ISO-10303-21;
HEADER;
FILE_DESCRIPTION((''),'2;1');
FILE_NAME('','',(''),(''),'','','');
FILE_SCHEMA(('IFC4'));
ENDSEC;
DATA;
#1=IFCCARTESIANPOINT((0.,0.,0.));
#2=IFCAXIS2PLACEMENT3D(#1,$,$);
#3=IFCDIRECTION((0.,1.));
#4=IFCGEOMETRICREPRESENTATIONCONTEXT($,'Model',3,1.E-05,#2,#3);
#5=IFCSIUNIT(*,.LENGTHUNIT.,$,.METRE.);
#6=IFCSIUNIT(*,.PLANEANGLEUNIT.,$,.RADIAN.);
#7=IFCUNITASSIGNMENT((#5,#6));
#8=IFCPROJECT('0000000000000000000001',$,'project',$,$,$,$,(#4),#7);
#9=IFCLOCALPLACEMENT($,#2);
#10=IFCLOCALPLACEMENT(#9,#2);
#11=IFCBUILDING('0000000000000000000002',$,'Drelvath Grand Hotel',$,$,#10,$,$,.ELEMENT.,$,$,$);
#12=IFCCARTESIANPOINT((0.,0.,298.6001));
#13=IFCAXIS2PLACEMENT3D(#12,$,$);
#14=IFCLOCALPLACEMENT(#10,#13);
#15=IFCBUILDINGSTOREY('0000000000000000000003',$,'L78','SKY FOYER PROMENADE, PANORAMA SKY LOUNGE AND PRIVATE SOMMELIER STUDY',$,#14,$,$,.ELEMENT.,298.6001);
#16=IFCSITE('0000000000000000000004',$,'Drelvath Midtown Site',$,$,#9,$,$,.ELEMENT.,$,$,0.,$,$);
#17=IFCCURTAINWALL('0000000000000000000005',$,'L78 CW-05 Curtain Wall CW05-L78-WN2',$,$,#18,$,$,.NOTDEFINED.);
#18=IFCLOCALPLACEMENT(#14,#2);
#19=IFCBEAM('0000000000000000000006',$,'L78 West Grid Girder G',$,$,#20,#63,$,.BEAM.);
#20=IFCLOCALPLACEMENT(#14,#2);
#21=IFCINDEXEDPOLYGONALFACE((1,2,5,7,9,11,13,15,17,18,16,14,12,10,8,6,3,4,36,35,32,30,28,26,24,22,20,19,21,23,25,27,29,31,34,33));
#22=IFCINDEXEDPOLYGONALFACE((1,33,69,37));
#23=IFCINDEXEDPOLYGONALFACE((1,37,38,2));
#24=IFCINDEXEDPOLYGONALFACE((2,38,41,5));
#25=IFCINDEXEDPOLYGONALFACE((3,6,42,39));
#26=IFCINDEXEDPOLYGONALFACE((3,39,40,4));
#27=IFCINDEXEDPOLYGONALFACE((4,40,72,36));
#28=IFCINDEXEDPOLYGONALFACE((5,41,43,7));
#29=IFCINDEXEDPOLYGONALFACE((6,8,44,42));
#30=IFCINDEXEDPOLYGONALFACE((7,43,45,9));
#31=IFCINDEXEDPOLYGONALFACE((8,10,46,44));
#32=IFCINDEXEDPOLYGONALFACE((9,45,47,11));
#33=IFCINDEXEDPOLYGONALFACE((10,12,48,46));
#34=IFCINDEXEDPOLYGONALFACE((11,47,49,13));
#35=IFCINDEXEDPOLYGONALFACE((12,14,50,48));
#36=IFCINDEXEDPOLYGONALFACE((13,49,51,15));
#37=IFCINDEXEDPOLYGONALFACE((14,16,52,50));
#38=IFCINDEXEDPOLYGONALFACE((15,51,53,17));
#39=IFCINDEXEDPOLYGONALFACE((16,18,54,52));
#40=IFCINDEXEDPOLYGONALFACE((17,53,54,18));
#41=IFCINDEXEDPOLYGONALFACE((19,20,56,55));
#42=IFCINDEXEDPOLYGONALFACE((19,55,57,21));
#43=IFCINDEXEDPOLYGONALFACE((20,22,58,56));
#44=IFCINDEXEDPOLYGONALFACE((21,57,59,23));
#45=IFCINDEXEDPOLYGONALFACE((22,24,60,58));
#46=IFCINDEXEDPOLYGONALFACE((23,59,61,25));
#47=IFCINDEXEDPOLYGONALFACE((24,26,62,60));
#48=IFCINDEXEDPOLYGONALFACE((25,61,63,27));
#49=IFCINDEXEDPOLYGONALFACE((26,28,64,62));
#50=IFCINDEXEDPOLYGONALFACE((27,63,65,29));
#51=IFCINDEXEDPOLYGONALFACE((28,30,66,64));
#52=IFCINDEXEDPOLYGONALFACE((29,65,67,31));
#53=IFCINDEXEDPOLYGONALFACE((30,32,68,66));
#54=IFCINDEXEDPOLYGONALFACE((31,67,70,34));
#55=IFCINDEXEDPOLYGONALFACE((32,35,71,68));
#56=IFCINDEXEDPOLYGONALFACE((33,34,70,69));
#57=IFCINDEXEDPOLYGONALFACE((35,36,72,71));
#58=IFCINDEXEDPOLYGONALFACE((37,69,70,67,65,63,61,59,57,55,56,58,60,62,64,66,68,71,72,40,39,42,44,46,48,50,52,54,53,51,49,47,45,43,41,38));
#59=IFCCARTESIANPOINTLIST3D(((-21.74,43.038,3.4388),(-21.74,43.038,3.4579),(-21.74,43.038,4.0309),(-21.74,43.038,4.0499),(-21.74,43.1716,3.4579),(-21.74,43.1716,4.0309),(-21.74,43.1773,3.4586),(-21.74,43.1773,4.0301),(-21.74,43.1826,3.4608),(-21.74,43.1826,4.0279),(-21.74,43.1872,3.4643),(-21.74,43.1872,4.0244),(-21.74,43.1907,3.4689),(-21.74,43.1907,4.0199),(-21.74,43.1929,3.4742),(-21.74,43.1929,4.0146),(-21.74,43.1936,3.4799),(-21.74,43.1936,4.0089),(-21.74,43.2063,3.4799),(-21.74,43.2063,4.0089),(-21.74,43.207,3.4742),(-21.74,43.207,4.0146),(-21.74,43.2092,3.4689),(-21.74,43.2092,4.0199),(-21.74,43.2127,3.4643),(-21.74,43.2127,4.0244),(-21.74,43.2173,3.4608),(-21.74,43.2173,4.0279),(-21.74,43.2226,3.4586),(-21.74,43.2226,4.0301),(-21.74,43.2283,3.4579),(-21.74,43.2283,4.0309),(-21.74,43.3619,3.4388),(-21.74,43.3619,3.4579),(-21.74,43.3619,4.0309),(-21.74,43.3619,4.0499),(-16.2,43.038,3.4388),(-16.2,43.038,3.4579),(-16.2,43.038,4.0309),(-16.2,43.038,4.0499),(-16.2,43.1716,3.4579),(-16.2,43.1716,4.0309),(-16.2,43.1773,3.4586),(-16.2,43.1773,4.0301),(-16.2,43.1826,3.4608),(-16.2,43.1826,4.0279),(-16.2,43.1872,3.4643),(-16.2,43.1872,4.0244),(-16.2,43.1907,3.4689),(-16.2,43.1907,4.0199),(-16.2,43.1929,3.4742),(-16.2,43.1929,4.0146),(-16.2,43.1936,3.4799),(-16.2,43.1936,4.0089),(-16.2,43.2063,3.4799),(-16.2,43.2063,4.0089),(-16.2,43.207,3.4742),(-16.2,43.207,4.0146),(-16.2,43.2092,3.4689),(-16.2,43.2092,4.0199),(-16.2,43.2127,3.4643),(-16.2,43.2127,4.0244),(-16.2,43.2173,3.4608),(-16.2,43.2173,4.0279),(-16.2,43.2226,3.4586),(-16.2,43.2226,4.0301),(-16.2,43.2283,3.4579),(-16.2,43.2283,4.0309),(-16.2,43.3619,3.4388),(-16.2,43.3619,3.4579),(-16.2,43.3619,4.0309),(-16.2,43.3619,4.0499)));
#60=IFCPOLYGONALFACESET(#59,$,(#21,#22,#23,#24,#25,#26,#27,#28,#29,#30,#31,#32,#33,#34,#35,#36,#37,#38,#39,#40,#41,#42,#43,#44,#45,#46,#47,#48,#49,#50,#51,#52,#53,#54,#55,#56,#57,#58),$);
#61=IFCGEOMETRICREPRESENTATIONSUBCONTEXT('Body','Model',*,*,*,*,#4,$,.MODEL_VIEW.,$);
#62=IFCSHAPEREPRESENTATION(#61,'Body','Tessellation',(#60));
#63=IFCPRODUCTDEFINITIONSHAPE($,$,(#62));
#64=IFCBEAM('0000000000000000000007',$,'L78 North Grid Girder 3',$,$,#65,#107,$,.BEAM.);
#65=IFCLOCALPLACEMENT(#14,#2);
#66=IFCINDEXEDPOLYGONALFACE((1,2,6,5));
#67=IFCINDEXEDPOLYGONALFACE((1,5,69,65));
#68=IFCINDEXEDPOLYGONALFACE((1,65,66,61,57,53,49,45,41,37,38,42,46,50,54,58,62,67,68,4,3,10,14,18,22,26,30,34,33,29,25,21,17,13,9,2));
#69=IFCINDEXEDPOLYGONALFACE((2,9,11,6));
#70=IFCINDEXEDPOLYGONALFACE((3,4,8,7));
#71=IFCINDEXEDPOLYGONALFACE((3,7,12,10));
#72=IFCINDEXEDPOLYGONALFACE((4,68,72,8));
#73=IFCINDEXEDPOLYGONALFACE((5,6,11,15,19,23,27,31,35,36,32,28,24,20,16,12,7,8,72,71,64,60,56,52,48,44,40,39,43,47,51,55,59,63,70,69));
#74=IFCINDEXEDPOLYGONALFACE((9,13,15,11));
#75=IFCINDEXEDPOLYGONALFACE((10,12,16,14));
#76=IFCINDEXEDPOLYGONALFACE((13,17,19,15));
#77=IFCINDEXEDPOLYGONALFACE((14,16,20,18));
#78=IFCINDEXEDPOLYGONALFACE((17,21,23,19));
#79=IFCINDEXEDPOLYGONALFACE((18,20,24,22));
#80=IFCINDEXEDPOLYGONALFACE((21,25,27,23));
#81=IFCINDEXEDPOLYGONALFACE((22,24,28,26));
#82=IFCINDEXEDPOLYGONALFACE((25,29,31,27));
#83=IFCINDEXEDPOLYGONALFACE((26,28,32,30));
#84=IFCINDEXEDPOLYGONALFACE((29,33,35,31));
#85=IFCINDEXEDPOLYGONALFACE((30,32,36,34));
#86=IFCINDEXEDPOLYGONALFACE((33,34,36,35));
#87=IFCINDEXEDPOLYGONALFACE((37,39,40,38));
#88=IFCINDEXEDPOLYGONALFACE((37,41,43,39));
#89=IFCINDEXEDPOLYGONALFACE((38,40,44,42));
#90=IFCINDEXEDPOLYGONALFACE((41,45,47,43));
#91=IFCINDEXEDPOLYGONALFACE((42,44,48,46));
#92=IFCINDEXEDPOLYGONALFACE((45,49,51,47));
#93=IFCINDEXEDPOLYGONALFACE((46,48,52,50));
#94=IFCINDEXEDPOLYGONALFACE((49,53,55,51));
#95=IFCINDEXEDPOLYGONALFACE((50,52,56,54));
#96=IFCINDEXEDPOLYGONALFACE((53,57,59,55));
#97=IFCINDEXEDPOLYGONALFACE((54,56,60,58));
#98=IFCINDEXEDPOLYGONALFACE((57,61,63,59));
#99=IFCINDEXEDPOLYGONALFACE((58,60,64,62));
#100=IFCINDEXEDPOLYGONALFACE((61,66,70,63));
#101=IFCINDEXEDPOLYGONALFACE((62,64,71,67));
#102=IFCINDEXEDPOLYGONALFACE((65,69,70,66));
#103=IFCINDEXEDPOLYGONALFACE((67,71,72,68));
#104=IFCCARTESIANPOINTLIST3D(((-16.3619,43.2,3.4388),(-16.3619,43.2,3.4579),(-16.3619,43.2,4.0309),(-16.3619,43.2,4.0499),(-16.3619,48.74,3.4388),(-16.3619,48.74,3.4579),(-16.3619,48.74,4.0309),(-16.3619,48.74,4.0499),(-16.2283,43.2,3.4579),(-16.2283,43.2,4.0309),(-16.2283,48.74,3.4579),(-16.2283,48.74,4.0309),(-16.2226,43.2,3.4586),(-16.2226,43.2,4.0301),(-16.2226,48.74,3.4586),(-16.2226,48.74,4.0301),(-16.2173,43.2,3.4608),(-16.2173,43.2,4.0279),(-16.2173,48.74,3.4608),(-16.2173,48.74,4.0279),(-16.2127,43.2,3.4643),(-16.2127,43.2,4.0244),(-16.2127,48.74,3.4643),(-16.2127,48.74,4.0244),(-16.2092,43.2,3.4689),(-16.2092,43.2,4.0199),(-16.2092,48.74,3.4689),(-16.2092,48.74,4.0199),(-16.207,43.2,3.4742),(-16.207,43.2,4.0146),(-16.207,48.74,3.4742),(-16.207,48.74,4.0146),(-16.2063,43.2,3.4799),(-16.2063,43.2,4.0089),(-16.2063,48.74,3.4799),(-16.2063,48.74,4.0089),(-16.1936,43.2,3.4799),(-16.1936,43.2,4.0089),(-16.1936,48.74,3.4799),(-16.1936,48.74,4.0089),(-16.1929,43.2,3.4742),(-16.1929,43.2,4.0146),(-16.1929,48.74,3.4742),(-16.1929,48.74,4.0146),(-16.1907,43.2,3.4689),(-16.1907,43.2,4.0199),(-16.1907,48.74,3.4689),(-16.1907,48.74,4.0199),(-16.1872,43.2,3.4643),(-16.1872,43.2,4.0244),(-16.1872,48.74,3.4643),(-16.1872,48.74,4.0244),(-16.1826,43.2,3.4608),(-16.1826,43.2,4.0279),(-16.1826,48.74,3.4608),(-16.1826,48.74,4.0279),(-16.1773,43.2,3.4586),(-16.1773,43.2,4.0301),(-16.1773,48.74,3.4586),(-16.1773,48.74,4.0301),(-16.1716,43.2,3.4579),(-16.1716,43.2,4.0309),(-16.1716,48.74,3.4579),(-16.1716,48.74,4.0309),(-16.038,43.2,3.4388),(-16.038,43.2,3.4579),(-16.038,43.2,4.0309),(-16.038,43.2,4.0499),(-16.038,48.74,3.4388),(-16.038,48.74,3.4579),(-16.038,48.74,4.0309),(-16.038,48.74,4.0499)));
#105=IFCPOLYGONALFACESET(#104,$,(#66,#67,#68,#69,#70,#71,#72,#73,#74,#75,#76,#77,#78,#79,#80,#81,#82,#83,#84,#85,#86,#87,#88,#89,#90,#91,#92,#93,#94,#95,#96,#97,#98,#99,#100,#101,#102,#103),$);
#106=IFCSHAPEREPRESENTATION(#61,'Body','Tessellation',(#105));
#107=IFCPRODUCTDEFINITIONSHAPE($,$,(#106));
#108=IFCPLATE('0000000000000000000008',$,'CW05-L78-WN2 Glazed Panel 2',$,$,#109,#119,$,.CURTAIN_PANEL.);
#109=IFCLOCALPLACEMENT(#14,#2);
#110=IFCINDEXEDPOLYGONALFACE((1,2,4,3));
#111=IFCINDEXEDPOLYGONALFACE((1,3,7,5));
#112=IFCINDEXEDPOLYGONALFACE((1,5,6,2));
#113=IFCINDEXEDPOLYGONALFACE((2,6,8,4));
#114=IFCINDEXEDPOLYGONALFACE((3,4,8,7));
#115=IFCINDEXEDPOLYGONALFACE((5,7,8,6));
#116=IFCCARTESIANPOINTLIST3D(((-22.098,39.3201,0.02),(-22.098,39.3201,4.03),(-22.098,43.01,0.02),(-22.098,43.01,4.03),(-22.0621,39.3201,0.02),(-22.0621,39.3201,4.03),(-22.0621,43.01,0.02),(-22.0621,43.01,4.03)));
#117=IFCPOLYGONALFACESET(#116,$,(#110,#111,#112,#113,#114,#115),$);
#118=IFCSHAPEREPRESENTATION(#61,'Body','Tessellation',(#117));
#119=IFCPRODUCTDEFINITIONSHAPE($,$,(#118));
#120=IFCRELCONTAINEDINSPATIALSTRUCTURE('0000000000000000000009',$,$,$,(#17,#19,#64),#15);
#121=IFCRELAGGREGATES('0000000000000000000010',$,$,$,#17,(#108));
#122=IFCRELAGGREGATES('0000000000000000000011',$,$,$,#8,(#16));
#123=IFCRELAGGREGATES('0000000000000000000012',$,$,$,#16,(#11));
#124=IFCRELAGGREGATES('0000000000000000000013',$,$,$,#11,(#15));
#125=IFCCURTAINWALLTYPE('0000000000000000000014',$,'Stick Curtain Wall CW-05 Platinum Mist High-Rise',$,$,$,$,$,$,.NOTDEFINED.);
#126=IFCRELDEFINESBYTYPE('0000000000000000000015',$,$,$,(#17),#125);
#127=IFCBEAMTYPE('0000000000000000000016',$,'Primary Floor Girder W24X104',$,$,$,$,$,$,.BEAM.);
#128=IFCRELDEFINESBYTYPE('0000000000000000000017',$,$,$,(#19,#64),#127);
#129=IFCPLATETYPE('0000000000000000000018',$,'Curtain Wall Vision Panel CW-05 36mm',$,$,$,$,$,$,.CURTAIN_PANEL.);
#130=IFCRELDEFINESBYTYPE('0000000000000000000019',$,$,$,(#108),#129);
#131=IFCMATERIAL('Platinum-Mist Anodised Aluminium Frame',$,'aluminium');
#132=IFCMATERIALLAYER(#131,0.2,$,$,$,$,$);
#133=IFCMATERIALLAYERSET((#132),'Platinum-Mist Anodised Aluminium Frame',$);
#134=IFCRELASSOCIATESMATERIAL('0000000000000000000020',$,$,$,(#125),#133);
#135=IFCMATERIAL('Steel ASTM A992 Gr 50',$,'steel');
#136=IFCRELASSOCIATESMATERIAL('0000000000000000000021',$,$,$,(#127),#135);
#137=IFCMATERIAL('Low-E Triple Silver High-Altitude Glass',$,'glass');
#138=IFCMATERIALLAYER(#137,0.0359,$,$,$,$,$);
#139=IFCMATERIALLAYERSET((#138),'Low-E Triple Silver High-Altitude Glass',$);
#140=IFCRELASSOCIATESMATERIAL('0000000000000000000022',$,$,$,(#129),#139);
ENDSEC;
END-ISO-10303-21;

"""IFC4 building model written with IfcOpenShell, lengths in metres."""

from ifc_helpers import new_model, si_unit, direction, frame, origin, origin_2d, place, context, subcontext, project, spatial, rectangle, i_section, extrude, material, layer, layer_set, material_profile, profile_set, type_object, element, aggregate, save


model = new_model("IFC4")

# Units and contexts
model_context = context("Model", 3, precision=1e-05, world=origin(), true_north=direction((0.0, 1.0)))
body_context = subcontext(model_context, "Body", "Model", "MODEL_VIEW")
ifc_project = project(units=[si_unit("LENGTHUNIT", "METRE"), si_unit("PLANEANGLEUNIT", "RADIAN")], contexts=[model_context])

# Site, building, storey
site_placement = place(None, origin())
site = spatial("IfcSite", under=ifc_project, at=site_placement, Name="Drelvath Midtown Site", CompositionType="ELEMENT", RefElevation=0.0)
building_placement = place(site_placement, origin())
building = spatial("IfcBuilding", under=site, at=building_placement, Name="Drelvath Grand Hotel", CompositionType="ELEMENT")
storey_placement = place(building_placement, frame((0.0, 0.0, 298.6001)))
storey = spatial("IfcBuildingStorey", under=building, at=storey_placement, Name="L78", Description="SKY FOYER PROMENADE, PANORAMA SKY LOUNGE AND PRIVATE SOMMELIER STUDY", CompositionType="ELEMENT", Elevation=298.6001)

# Shared definitions
ifc_material_1 = material(Name="Steel ASTM A992 Gr 50", Category="steel")

# Shared definitions
ifc_material_2 = material(Name="Platinum-Mist Anodised Aluminium Frame", Category="aluminium")
ifc_layer_1 = layer(ifc_material_2, 0.2)
ifc_layer_set_1 = layer_set([ifc_layer_1], Name="Platinum-Mist Anodised Aluminium Frame")
curtain_wall_type = type_object("IfcCurtainWallType", Name="Stick Curtain Wall CW-05 Platinum Mist High-Rise", PredefinedType="NOTDEFINED", material=ifc_layer_set_1)

# Curtain wall
curtain_wall_1_placement = place(storey_placement, origin())
curtain_wall_1 = element("IfcCurtainWall", 1, at=curtain_wall_1_placement, inside=storey, type_object=curtain_wall_type, Name="L78 CW-05 Curtain Wall CW05-L78-WN2", PredefinedType="NOTDEFINED")

# Beams
ifc_material_profile_1 = material_profile(ifc_material_1, i_section(OverallWidth=0.324, OverallDepth=0.6111, WebThickness=0.0127, FlangeThickness=0.019, FilletRadius=0.022, at=origin_2d()), Name="W24X104")
ifc_profile_set_1 = profile_set([ifc_material_profile_1], Name="Steel ASTM A992 Gr 50")
beam_type_1 = type_object("IfcBeamType", Name="Primary Floor Girder W24X104", PredefinedType="BEAM", material=ifc_profile_set_1)
for number, where, z_axis, x_axis, name in (
    (2, (-21.74, 43.2, 3.7444), (1.0, 0.0, 0.0), (0.0, 1.0, 0.0), "L78 West Grid Girder G"),
    (3, (-16.2, 43.2, 3.7444), (0.0, 1.0, 0.0), (-1.0, 0.0, 0.0), "L78 North Grid Girder 3"),
):
    element("IfcBeam", number, at=place(storey_placement, frame(where, z_axis=z_axis, x_axis=x_axis)), inside=storey, type_object=beam_type_1, Name=name, PredefinedType="BEAM", context=body_context, shape_type="SweptSolid", body=[
        extrude(i_section(OverallWidth=0.324, OverallDepth=0.6111, WebThickness=0.0127, FlangeThickness=0.019, FilletRadius=0.022, at=origin_2d()), origin(), (0.0, 0.0, 1.0), 5.54),
    ])

# Plate
ifc_material_3 = material(Name="Low-E Triple Silver High-Altitude Glass", Category="glass")
ifc_layer_2 = layer(ifc_material_3, 0.0359)
ifc_layer_set_2 = layer_set([ifc_layer_2], Name="Low-E Triple Silver High-Altitude Glass")
plate_type = type_object("IfcPlateType", Name="Curtain Wall Vision Panel CW-05 36mm", PredefinedType="CURTAIN_PANEL", material=ifc_layer_set_2)
plate_placement = place(storey_placement, frame((-22.0801, 41.165, 0.02), z_axis=(0.0, 0.0, 1.0), x_axis=(0.0, 1.0, 0.0)))
plate = element("IfcPlate", 4, at=plate_placement, type_object=plate_type, Name="CW05-L78-WN2 Glazed Panel 2", PredefinedType="CURTAIN_PANEL", context=body_context, shape_type="SweptSolid", body=[
    extrude(rectangle(XDim=3.6899, YDim=0.0359, at=origin_2d()), origin(), (0.0, 0.0, 1.0), 4.01),
])
aggregate(curtain_wall_1, [plate])

save(model, "model.ifc")
